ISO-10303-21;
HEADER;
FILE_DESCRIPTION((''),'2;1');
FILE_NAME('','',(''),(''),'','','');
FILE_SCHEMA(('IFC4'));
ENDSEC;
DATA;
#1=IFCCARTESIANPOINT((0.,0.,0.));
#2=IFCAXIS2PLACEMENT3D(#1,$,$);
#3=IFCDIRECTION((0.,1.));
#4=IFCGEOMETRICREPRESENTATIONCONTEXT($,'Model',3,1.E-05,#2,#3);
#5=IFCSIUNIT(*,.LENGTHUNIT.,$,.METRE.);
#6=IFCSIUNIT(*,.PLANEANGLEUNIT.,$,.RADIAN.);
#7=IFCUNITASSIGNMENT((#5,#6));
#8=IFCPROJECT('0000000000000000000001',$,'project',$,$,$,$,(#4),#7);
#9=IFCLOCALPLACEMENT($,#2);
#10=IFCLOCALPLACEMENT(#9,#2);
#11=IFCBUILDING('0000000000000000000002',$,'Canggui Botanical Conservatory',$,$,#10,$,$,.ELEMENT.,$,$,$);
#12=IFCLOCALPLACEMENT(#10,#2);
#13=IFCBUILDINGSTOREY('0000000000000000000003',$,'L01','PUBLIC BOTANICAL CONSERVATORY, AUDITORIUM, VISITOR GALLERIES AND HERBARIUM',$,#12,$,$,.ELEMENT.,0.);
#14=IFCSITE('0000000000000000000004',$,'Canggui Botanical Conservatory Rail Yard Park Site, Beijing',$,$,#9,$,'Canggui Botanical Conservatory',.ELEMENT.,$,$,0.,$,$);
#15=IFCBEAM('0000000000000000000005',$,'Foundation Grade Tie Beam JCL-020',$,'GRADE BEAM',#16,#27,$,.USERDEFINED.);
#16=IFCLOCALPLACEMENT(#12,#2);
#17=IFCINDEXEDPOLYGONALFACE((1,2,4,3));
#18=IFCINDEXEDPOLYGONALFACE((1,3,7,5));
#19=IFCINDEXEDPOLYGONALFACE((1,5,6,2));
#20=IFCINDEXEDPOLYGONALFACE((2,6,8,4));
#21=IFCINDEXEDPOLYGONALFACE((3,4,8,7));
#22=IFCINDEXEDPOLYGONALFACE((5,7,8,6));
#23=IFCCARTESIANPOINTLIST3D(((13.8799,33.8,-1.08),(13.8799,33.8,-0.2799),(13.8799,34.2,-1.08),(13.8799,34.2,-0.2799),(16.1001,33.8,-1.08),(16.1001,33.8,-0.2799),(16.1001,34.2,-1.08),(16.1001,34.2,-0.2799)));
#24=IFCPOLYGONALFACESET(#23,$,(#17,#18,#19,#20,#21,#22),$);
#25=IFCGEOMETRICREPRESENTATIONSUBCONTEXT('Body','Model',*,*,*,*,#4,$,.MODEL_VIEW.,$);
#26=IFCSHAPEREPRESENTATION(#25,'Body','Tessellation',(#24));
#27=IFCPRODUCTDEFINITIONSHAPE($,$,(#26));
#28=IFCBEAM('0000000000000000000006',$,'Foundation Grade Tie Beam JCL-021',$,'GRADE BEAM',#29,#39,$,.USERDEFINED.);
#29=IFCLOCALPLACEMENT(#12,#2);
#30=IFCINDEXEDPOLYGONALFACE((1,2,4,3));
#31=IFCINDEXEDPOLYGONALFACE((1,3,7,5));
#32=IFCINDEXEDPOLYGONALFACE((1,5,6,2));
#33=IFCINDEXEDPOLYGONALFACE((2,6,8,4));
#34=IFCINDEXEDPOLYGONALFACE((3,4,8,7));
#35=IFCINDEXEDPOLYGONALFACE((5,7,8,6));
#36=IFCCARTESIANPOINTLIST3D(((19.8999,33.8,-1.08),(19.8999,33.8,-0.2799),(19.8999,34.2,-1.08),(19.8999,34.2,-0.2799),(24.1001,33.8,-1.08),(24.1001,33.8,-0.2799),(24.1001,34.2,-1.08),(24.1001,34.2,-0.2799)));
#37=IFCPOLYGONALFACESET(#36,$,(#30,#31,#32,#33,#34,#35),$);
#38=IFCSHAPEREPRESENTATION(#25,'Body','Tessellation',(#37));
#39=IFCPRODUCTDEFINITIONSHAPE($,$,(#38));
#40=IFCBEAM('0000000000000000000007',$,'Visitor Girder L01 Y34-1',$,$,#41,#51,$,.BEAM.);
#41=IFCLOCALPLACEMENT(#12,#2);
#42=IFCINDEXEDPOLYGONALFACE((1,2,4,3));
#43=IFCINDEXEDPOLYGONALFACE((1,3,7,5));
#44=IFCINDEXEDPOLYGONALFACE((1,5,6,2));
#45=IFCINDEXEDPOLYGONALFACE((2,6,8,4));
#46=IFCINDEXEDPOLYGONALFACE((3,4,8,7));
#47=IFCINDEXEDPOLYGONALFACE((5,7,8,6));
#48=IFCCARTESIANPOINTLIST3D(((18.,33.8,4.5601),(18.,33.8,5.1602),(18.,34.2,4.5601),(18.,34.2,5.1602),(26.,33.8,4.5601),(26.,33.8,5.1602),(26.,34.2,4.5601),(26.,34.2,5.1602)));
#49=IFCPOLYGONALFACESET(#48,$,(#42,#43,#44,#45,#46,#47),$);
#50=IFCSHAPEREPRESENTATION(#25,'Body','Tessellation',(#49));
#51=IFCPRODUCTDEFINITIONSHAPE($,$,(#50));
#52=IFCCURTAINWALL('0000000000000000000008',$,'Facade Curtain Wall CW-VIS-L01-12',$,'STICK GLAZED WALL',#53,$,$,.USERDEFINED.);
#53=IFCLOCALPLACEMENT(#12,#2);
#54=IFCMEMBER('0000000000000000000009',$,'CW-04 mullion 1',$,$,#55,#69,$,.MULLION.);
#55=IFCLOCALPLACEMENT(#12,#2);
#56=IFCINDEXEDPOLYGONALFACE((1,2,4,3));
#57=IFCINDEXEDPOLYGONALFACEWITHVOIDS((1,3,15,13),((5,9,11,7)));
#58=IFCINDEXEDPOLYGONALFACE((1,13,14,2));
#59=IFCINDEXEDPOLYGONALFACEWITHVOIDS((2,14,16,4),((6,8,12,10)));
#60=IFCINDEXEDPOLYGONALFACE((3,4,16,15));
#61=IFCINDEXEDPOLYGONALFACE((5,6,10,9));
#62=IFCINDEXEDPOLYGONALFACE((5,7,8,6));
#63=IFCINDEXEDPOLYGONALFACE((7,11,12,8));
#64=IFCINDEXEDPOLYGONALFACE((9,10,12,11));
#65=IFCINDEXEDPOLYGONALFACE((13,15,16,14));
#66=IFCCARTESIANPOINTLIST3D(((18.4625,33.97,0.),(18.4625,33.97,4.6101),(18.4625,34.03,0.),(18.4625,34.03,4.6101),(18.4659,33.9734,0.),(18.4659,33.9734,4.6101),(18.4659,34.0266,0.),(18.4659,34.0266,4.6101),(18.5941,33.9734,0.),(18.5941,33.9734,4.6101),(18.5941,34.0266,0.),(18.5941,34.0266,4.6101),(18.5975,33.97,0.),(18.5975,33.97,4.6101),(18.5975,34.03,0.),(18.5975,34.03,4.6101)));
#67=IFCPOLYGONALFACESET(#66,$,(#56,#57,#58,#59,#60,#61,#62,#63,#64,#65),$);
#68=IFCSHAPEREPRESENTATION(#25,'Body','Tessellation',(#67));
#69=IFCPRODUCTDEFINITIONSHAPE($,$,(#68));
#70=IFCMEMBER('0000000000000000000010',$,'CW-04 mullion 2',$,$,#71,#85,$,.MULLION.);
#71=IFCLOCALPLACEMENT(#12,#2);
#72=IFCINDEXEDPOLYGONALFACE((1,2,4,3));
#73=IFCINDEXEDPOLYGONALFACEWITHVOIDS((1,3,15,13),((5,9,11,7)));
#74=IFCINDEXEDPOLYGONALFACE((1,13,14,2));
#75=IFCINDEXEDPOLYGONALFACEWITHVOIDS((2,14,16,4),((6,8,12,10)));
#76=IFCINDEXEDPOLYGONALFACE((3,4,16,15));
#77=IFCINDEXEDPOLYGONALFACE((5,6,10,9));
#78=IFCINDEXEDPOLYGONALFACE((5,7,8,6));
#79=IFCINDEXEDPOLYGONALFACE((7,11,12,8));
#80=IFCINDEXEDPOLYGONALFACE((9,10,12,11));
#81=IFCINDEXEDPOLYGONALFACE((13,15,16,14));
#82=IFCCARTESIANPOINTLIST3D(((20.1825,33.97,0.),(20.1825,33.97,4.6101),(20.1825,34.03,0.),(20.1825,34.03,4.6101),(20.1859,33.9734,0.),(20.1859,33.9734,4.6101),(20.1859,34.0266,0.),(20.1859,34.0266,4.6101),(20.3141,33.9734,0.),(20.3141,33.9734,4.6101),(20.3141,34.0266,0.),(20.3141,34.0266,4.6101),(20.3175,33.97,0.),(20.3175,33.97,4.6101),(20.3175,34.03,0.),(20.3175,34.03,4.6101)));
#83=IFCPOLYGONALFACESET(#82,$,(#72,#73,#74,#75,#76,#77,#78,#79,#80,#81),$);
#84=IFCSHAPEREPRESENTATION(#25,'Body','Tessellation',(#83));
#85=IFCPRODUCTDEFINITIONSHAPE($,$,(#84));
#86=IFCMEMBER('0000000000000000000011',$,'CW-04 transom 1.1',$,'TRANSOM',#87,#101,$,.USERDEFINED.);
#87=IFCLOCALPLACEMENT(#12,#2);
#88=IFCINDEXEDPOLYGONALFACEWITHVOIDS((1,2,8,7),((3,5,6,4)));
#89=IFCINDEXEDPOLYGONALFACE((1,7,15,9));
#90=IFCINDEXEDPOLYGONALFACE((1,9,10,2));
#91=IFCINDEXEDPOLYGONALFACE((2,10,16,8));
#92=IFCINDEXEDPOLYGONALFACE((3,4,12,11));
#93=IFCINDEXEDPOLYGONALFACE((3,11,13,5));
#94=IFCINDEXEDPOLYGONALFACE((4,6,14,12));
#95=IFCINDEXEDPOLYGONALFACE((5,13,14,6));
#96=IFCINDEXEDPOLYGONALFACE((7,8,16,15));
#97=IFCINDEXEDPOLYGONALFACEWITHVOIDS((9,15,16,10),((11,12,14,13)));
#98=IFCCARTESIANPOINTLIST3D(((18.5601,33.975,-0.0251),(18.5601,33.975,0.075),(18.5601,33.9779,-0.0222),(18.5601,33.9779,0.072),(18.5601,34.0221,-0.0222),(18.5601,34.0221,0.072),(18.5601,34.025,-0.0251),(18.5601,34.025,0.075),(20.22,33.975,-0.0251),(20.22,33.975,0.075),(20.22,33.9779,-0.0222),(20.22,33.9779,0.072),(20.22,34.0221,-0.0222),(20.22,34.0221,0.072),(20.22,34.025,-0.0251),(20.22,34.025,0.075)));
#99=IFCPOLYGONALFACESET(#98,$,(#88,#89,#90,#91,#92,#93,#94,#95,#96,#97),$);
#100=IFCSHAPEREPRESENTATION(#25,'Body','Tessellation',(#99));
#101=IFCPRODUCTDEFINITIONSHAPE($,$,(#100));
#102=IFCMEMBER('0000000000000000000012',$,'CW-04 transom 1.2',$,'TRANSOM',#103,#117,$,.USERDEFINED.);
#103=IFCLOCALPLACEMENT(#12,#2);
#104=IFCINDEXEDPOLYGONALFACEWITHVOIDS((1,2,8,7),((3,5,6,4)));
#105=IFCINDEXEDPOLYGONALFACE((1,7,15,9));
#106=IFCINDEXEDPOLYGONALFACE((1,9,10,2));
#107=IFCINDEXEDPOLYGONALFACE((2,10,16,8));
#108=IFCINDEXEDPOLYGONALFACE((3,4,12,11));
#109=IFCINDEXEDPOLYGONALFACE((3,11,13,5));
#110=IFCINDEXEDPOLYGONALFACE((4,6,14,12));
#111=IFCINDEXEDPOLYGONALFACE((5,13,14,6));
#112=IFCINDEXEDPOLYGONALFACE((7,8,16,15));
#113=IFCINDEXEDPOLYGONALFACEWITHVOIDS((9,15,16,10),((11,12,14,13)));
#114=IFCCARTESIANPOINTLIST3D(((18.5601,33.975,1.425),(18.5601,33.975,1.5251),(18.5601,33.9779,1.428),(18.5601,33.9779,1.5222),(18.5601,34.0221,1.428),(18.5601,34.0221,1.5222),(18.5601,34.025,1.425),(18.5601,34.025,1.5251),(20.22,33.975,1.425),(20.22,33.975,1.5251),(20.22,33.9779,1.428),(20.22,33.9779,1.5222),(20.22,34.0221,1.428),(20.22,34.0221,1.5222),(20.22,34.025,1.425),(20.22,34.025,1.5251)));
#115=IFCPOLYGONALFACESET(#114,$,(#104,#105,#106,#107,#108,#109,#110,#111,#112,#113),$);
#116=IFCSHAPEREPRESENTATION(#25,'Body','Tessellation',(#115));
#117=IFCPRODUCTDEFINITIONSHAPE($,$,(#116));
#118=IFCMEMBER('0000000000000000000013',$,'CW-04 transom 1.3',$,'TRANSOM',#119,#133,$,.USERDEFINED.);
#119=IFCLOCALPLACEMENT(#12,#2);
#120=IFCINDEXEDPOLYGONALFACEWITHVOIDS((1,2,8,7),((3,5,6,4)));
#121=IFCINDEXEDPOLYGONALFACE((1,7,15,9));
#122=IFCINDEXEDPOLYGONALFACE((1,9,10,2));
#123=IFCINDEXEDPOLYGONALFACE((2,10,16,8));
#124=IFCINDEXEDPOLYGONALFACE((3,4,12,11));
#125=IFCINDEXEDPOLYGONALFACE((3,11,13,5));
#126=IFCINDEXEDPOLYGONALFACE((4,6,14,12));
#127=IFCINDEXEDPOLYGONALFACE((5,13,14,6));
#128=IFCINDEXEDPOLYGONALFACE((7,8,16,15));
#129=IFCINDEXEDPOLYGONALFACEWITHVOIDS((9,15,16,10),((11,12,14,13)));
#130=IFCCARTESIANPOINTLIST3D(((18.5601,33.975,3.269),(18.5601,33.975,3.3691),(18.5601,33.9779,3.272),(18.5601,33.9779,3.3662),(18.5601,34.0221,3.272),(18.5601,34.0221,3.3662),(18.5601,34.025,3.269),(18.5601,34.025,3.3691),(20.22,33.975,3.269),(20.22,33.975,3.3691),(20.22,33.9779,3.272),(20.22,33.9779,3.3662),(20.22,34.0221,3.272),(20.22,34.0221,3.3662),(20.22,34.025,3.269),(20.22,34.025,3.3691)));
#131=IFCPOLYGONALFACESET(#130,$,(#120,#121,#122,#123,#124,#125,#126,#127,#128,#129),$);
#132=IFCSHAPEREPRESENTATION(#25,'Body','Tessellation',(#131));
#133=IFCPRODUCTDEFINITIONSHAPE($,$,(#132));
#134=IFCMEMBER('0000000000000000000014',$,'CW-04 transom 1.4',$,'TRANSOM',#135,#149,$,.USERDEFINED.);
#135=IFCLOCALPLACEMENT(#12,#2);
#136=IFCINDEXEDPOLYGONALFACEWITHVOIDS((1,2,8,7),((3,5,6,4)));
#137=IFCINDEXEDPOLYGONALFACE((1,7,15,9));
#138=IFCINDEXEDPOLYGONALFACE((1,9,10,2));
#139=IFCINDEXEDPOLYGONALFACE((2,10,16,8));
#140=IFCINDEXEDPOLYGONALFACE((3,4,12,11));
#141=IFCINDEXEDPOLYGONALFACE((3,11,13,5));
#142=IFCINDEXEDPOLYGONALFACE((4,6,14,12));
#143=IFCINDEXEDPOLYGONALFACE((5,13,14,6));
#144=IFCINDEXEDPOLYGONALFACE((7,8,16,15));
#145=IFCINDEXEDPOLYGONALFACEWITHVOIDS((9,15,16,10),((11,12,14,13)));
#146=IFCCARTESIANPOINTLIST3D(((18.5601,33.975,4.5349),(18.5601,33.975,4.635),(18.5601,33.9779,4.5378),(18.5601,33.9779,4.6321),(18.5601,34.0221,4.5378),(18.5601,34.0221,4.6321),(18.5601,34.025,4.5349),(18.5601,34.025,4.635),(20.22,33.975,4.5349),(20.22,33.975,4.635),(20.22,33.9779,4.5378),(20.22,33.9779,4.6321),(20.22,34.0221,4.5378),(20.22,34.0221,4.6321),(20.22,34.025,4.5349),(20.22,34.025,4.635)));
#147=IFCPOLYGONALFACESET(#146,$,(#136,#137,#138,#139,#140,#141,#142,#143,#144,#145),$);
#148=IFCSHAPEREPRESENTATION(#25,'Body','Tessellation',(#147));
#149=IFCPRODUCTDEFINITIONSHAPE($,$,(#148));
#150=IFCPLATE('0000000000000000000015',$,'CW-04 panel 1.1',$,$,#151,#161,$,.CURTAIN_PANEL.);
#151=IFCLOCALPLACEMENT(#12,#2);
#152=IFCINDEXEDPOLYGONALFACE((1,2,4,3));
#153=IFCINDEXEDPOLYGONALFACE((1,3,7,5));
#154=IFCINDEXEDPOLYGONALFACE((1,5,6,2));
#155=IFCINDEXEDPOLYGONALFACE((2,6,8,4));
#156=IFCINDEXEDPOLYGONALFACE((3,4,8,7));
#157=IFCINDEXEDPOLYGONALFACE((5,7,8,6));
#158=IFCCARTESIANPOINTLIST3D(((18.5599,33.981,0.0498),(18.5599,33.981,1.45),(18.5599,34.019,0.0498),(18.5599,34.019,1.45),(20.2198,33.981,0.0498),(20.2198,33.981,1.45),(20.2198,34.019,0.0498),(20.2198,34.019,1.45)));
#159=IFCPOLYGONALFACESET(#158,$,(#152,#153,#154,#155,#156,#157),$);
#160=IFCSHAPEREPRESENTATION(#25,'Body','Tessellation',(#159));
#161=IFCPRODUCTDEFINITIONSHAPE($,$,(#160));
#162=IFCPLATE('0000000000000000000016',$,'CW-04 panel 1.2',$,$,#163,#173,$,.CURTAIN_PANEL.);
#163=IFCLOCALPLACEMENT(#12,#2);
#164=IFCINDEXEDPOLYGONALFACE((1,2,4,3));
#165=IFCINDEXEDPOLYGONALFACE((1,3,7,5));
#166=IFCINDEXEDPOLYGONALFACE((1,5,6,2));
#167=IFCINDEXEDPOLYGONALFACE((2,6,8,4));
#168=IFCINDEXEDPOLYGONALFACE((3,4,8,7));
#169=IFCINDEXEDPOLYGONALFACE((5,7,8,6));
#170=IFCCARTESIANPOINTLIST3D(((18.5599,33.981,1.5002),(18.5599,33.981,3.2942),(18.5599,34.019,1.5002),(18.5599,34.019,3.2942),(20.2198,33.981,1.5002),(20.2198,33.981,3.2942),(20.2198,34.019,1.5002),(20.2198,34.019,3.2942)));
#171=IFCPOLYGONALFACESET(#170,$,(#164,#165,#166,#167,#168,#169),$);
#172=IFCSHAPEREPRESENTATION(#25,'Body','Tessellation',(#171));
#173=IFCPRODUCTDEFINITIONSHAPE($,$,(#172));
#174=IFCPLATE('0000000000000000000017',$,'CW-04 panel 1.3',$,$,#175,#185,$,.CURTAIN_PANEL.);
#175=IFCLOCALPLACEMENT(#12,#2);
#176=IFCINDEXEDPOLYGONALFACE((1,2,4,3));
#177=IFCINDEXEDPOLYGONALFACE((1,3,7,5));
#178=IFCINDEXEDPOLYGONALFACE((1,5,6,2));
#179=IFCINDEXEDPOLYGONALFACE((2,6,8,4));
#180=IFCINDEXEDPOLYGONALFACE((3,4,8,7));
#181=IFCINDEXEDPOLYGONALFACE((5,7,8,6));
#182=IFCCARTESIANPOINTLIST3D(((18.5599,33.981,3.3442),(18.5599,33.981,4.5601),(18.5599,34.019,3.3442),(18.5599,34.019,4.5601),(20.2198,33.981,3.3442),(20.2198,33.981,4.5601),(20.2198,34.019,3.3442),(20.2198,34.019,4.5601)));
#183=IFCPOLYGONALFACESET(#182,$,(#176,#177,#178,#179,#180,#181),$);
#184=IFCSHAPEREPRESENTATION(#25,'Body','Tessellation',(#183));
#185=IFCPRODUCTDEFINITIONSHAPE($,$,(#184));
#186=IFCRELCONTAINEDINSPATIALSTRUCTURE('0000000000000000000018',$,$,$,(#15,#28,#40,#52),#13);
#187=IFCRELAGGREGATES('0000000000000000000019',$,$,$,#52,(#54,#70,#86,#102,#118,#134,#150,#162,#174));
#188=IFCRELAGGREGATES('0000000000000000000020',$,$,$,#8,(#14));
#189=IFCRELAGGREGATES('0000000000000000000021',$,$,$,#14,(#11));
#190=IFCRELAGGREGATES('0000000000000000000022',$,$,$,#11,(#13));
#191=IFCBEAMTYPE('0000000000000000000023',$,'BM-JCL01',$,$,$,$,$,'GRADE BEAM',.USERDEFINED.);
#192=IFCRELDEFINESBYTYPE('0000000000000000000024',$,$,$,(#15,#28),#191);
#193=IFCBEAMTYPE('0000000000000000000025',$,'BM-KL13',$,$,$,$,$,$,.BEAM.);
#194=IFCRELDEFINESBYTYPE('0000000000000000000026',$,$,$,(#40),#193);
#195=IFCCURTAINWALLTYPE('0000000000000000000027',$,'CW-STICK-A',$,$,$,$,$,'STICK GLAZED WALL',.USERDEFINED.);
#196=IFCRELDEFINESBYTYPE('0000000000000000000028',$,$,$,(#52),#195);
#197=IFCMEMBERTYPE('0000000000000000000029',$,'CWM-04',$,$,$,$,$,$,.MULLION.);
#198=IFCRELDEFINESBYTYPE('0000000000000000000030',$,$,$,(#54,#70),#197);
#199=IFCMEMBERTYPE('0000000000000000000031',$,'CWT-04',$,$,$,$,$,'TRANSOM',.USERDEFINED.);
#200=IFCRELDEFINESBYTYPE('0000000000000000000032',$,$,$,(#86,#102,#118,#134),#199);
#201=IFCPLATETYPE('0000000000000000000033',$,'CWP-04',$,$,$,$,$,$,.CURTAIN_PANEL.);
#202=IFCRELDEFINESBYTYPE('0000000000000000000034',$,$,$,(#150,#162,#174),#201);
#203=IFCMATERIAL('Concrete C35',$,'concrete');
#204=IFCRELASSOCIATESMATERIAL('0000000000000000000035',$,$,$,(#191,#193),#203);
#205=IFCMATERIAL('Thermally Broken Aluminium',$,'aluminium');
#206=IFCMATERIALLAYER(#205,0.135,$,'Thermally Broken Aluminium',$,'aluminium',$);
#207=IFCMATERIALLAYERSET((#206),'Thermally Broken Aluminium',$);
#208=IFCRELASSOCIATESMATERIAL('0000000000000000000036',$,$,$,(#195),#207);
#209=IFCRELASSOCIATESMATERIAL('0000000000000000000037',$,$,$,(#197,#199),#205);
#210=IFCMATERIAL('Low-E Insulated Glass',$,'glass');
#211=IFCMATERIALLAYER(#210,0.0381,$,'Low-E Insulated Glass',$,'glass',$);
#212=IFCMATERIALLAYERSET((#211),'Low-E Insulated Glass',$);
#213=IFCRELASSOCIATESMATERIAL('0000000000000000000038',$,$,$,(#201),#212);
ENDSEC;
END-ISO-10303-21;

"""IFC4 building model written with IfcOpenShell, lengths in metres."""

from ifc_helpers import new_model, si_unit, direction, frame, origin, origin_2d, place, context, subcontext, project, spatial, rectangle, hollow_rectangle, extrude, material, layer, layer_set, material_profile, profile_set, type_object, element, aggregate, save


model = new_model("IFC4")

# Units and contexts
model_context = context("Model", 3, precision=1e-05, world=origin(), true_north=direction((0.0, 1.0)))
body_context = subcontext(model_context, "Body", "Model", "MODEL_VIEW")
ifc_project = project(units=[si_unit("LENGTHUNIT", "METRE"), si_unit("PLANEANGLEUNIT", "RADIAN")], contexts=[model_context])

# Site, building, storey
site_placement = place(None, origin())
site = spatial("IfcSite", under=ifc_project, at=site_placement, Name="Canggui Botanical Conservatory Rail Yard Park Site, Beijing", LongName="Canggui Botanical Conservatory", CompositionType="ELEMENT", RefElevation=0.0)
building_placement = place(site_placement, origin())
building = spatial("IfcBuilding", under=site, at=building_placement, Name="Canggui Botanical Conservatory", CompositionType="ELEMENT")
storey_placement = place(building_placement, origin())
storey = spatial("IfcBuildingStorey", under=building, at=storey_placement, Name="L01", Description="PUBLIC BOTANICAL CONSERVATORY, AUDITORIUM, VISITOR GALLERIES AND HERBARIUM", CompositionType="ELEMENT", Elevation=0.0)

# Shared definitions
ifc_material_1 = material(Name="Concrete C35", Category="concrete")

# Beams
ifc_material_profile_1 = material_profile(ifc_material_1, rectangle(XDim=0.3999, YDim=0.8, at=origin_2d()), Name="RB 400x800")
ifc_profile_set_1 = profile_set([ifc_material_profile_1], Name="Concrete C35")
beam_type_1 = type_object("IfcBeamType", Name="BM-JCL01", ElementType="GRADE BEAM", PredefinedType="USERDEFINED", material=ifc_profile_set_1)
beam_1_placement = place(storey_placement, frame((13.8799, 34.0, -0.6799), z_axis=(1.0, 0.0, 0.0), x_axis=(0.0, 1.0, 0.0)))
element("IfcBeam", 1, at=beam_1_placement, inside=storey, type_object=beam_type_1, Name="Foundation Grade Tie Beam JCL-020", ObjectType="GRADE BEAM", PredefinedType="USERDEFINED", context=body_context, shape_type="SweptSolid", body=[
    extrude(rectangle(XDim=0.3999, YDim=0.8, at=origin_2d()), origin(), (0.0, 0.0, 1.0), 2.2202),
])
beam_2_placement = place(storey_placement, frame((19.8999, 34.0, -0.6799), z_axis=(1.0, 0.0, 0.0), x_axis=(0.0, 1.0, 0.0)))
element("IfcBeam", 2, at=beam_2_placement, inside=storey, type_object=beam_type_1, Name="Foundation Grade Tie Beam JCL-021", ObjectType="GRADE BEAM", PredefinedType="USERDEFINED", context=body_context, shape_type="SweptSolid", body=[
    extrude(rectangle(XDim=0.3999, YDim=0.8, at=origin_2d()), origin(), (0.0, 0.0, 1.0), 4.2002),
])
ifc_material_profile_2 = material_profile(ifc_material_1, rectangle(XDim=0.3999, YDim=0.6001, at=origin_2d()), Name="RB 400x600")
ifc_profile_set_2 = profile_set([ifc_material_profile_2], Name="Concrete C35")
beam_type_2 = type_object("IfcBeamType", Name="BM-KL13", PredefinedType="BEAM", material=ifc_profile_set_2)
beam_3_placement = place(storey_placement, frame((18.0, 34.0, 4.8601), z_axis=(1.0, 0.0, 0.0), x_axis=(0.0, 1.0, 0.0)))
element("IfcBeam", 3, at=beam_3_placement, inside=storey, type_object=beam_type_2, Name="Visitor Girder L01 Y34-1", PredefinedType="BEAM", context=body_context, shape_type="SweptSolid", body=[
    extrude(rectangle(XDim=0.3999, YDim=0.6001, at=origin_2d()), origin(), (0.0, 0.0, 1.0), 8.0),
])

# Curtain wall, members, plates
ifc_material_2 = material(Name="Thermally Broken Aluminium", Category="aluminium")
ifc_layer_1 = layer(ifc_material_2, 0.135, Name="Thermally Broken Aluminium", Category="aluminium")
ifc_layer_set_1 = layer_set([ifc_layer_1], Name="Thermally Broken Aluminium")
curtain_wall_type = type_object("IfcCurtainWallType", Name="CW-STICK-A", ElementType="STICK GLAZED WALL", PredefinedType="USERDEFINED", material=ifc_layer_set_1)
curtain_wall_placement = place(storey_placement, origin())
curtain_wall = element("IfcCurtainWall", 4, at=curtain_wall_placement, inside=storey, type_object=curtain_wall_type, Name="Facade Curtain Wall CW-VIS-L01-12", ObjectType="STICK GLAZED WALL", PredefinedType="USERDEFINED")
ifc_material_profile_3 = material_profile(ifc_material_2, hollow_rectangle(XDim=0.0601, YDim=0.135, WallThickness=0.0034, at=origin_2d()), Name="CWM 60x135x3.5")
ifc_profile_set_3 = profile_set([ifc_material_profile_3], Name="Thermally Broken Aluminium")
member_type_1 = type_object("IfcMemberType", Name="CWM-04", PredefinedType="MULLION", material=ifc_profile_set_3)
member_1_placement = place(storey_placement, frame((18.53, 34.0, 0.0), z_axis=(0.0, 0.0, 1.0), x_axis=(0.0, 1.0, 0.0)))
member_1 = element("IfcMember", 5, at=member_1_placement, type_object=member_type_1, Name="CW-04 mullion 1", PredefinedType="MULLION", context=body_context, shape_type="SweptSolid", body=[
    extrude(hollow_rectangle(XDim=0.0601, YDim=0.135, WallThickness=0.0034, at=origin_2d()), origin(), (0.0, 0.0, 1.0), 4.6101),
])
member_2_placement = place(storey_placement, frame((20.25, 34.0, 0.0), z_axis=(0.0, 0.0, 1.0), x_axis=(0.0, 1.0, 0.0)))
member_2 = element("IfcMember", 6, at=member_2_placement, type_object=member_type_1, Name="CW-04 mullion 2", PredefinedType="MULLION", context=body_context, shape_type="SweptSolid", body=[
    extrude(hollow_rectangle(XDim=0.0601, YDim=0.135, WallThickness=0.0034, at=origin_2d()), origin(), (0.0, 0.0, 1.0), 4.6101),
])
ifc_material_profile_4 = material_profile(ifc_material_2, hollow_rectangle(XDim=0.05, YDim=0.1001, WallThickness=0.0029, at=origin_2d()), Name="CWT 50x100x3")
ifc_profile_set_4 = profile_set([ifc_material_profile_4], Name="Thermally Broken Aluminium")
member_type_2 = type_object("IfcMemberType", Name="CWT-04", ElementType="TRANSOM", PredefinedType="USERDEFINED", material=ifc_profile_set_4)
member_3_placement = place(storey_placement, frame((18.5601, 34.0, 0.0249), z_axis=(1.0, 0.0, 0.0), x_axis=(0.0, 1.0, 0.0)))
member_3 = element("IfcMember", 7, at=member_3_placement, type_object=member_type_2, Name="CW-04 transom 1.1", ObjectType="TRANSOM", PredefinedType="USERDEFINED", context=body_context, shape_type="SweptSolid", body=[
    extrude(hollow_rectangle(XDim=0.05, YDim=0.1001, WallThickness=0.0029, at=origin_2d()), origin(), (0.0, 0.0, 1.0), 1.6599),
])
member_4_placement = place(storey_placement, frame((18.5601, 34.0, 1.4751), z_axis=(1.0, 0.0, 0.0), x_axis=(0.0, 1.0, 0.0)))
member_4 = element("IfcMember", 8, at=member_4_placement, type_object=member_type_2, Name="CW-04 transom 1.2", ObjectType="TRANSOM", PredefinedType="USERDEFINED", context=body_context, shape_type="SweptSolid", body=[
    extrude(hollow_rectangle(XDim=0.05, YDim=0.1001, WallThickness=0.0029, at=origin_2d()), origin(), (0.0, 0.0, 1.0), 1.6599),
])
member_5_placement = place(storey_placement, frame((18.5601, 34.0, 3.3191), z_axis=(1.0, 0.0, 0.0), x_axis=(0.0, 1.0, 0.0)))
member_5 = element("IfcMember", 9, at=member_5_placement, type_object=member_type_2, Name="CW-04 transom 1.3", ObjectType="TRANSOM", PredefinedType="USERDEFINED", context=body_context, shape_type="SweptSolid", body=[
    extrude(hollow_rectangle(XDim=0.05, YDim=0.1001, WallThickness=0.0029, at=origin_2d()), origin(), (0.0, 0.0, 1.0), 1.6599),
])
member_6_placement = place(storey_placement, frame((18.5601, 34.0, 4.585), z_axis=(1.0, 0.0, 0.0), x_axis=(0.0, 1.0, 0.0)))
member_6 = element("IfcMember", 10, at=member_6_placement, type_object=member_type_2, Name="CW-04 transom 1.4", ObjectType="TRANSOM", PredefinedType="USERDEFINED", context=body_context, shape_type="SweptSolid", body=[
    extrude(hollow_rectangle(XDim=0.05, YDim=0.1001, WallThickness=0.0029, at=origin_2d()), origin(), (0.0, 0.0, 1.0), 1.6599),
])
ifc_material_3 = material(Name="Low-E Insulated Glass", Category="glass")
ifc_layer_2 = layer(ifc_material_3, 0.0381, Name="Low-E Insulated Glass", Category="glass")
ifc_layer_set_2 = layer_set([ifc_layer_2], Name="Low-E Insulated Glass")
plate_type = type_object("IfcPlateType", Name="CWP-04", PredefinedType="CURTAIN_PANEL", material=ifc_layer_set_2)
plate_1_placement = place(storey_placement, frame((19.3899, 34.0, 0.0498), z_axis=(0.0, 0.0, 1.0), x_axis=(1.0, 0.0, 0.0)))
plate_1 = element("IfcPlate", 11, at=plate_1_placement, type_object=plate_type, Name="CW-04 panel 1.1", PredefinedType="CURTAIN_PANEL", context=body_context, shape_type="SweptSolid", body=[
    extrude(rectangle(XDim=1.6599, YDim=0.0381, at=origin_2d()), origin(), (0.0, 0.0, 1.0), 1.4001),
])
plate_2_placement = place(storey_placement, frame((19.3899, 34.0, 1.5002), z_axis=(0.0, 0.0, 1.0), x_axis=(1.0, 0.0, 0.0)))
plate_2 = element("IfcPlate", 12, at=plate_2_placement, type_object=plate_type, Name="CW-04 panel 1.2", PredefinedType="CURTAIN_PANEL", context=body_context, shape_type="SweptSolid", body=[
    extrude(rectangle(XDim=1.6599, YDim=0.0381, at=origin_2d()), origin(), (0.0, 0.0, 1.0), 1.7939),
])
plate_3_placement = place(storey_placement, frame((19.3899, 34.0, 3.3442), z_axis=(0.0, 0.0, 1.0), x_axis=(1.0, 0.0, 0.0)))
plate_3 = element("IfcPlate", 13, at=plate_3_placement, type_object=plate_type, Name="CW-04 panel 1.3", PredefinedType="CURTAIN_PANEL", context=body_context, shape_type="SweptSolid", body=[
    extrude(rectangle(XDim=1.6599, YDim=0.0381, at=origin_2d()), origin(), (0.0, 0.0, 1.0), 1.2158),
])
aggregate(curtain_wall, [member_1, member_2, member_3, member_4, member_5, member_6, plate_1, plate_2, plate_3])

save(model, "model.ifc")
